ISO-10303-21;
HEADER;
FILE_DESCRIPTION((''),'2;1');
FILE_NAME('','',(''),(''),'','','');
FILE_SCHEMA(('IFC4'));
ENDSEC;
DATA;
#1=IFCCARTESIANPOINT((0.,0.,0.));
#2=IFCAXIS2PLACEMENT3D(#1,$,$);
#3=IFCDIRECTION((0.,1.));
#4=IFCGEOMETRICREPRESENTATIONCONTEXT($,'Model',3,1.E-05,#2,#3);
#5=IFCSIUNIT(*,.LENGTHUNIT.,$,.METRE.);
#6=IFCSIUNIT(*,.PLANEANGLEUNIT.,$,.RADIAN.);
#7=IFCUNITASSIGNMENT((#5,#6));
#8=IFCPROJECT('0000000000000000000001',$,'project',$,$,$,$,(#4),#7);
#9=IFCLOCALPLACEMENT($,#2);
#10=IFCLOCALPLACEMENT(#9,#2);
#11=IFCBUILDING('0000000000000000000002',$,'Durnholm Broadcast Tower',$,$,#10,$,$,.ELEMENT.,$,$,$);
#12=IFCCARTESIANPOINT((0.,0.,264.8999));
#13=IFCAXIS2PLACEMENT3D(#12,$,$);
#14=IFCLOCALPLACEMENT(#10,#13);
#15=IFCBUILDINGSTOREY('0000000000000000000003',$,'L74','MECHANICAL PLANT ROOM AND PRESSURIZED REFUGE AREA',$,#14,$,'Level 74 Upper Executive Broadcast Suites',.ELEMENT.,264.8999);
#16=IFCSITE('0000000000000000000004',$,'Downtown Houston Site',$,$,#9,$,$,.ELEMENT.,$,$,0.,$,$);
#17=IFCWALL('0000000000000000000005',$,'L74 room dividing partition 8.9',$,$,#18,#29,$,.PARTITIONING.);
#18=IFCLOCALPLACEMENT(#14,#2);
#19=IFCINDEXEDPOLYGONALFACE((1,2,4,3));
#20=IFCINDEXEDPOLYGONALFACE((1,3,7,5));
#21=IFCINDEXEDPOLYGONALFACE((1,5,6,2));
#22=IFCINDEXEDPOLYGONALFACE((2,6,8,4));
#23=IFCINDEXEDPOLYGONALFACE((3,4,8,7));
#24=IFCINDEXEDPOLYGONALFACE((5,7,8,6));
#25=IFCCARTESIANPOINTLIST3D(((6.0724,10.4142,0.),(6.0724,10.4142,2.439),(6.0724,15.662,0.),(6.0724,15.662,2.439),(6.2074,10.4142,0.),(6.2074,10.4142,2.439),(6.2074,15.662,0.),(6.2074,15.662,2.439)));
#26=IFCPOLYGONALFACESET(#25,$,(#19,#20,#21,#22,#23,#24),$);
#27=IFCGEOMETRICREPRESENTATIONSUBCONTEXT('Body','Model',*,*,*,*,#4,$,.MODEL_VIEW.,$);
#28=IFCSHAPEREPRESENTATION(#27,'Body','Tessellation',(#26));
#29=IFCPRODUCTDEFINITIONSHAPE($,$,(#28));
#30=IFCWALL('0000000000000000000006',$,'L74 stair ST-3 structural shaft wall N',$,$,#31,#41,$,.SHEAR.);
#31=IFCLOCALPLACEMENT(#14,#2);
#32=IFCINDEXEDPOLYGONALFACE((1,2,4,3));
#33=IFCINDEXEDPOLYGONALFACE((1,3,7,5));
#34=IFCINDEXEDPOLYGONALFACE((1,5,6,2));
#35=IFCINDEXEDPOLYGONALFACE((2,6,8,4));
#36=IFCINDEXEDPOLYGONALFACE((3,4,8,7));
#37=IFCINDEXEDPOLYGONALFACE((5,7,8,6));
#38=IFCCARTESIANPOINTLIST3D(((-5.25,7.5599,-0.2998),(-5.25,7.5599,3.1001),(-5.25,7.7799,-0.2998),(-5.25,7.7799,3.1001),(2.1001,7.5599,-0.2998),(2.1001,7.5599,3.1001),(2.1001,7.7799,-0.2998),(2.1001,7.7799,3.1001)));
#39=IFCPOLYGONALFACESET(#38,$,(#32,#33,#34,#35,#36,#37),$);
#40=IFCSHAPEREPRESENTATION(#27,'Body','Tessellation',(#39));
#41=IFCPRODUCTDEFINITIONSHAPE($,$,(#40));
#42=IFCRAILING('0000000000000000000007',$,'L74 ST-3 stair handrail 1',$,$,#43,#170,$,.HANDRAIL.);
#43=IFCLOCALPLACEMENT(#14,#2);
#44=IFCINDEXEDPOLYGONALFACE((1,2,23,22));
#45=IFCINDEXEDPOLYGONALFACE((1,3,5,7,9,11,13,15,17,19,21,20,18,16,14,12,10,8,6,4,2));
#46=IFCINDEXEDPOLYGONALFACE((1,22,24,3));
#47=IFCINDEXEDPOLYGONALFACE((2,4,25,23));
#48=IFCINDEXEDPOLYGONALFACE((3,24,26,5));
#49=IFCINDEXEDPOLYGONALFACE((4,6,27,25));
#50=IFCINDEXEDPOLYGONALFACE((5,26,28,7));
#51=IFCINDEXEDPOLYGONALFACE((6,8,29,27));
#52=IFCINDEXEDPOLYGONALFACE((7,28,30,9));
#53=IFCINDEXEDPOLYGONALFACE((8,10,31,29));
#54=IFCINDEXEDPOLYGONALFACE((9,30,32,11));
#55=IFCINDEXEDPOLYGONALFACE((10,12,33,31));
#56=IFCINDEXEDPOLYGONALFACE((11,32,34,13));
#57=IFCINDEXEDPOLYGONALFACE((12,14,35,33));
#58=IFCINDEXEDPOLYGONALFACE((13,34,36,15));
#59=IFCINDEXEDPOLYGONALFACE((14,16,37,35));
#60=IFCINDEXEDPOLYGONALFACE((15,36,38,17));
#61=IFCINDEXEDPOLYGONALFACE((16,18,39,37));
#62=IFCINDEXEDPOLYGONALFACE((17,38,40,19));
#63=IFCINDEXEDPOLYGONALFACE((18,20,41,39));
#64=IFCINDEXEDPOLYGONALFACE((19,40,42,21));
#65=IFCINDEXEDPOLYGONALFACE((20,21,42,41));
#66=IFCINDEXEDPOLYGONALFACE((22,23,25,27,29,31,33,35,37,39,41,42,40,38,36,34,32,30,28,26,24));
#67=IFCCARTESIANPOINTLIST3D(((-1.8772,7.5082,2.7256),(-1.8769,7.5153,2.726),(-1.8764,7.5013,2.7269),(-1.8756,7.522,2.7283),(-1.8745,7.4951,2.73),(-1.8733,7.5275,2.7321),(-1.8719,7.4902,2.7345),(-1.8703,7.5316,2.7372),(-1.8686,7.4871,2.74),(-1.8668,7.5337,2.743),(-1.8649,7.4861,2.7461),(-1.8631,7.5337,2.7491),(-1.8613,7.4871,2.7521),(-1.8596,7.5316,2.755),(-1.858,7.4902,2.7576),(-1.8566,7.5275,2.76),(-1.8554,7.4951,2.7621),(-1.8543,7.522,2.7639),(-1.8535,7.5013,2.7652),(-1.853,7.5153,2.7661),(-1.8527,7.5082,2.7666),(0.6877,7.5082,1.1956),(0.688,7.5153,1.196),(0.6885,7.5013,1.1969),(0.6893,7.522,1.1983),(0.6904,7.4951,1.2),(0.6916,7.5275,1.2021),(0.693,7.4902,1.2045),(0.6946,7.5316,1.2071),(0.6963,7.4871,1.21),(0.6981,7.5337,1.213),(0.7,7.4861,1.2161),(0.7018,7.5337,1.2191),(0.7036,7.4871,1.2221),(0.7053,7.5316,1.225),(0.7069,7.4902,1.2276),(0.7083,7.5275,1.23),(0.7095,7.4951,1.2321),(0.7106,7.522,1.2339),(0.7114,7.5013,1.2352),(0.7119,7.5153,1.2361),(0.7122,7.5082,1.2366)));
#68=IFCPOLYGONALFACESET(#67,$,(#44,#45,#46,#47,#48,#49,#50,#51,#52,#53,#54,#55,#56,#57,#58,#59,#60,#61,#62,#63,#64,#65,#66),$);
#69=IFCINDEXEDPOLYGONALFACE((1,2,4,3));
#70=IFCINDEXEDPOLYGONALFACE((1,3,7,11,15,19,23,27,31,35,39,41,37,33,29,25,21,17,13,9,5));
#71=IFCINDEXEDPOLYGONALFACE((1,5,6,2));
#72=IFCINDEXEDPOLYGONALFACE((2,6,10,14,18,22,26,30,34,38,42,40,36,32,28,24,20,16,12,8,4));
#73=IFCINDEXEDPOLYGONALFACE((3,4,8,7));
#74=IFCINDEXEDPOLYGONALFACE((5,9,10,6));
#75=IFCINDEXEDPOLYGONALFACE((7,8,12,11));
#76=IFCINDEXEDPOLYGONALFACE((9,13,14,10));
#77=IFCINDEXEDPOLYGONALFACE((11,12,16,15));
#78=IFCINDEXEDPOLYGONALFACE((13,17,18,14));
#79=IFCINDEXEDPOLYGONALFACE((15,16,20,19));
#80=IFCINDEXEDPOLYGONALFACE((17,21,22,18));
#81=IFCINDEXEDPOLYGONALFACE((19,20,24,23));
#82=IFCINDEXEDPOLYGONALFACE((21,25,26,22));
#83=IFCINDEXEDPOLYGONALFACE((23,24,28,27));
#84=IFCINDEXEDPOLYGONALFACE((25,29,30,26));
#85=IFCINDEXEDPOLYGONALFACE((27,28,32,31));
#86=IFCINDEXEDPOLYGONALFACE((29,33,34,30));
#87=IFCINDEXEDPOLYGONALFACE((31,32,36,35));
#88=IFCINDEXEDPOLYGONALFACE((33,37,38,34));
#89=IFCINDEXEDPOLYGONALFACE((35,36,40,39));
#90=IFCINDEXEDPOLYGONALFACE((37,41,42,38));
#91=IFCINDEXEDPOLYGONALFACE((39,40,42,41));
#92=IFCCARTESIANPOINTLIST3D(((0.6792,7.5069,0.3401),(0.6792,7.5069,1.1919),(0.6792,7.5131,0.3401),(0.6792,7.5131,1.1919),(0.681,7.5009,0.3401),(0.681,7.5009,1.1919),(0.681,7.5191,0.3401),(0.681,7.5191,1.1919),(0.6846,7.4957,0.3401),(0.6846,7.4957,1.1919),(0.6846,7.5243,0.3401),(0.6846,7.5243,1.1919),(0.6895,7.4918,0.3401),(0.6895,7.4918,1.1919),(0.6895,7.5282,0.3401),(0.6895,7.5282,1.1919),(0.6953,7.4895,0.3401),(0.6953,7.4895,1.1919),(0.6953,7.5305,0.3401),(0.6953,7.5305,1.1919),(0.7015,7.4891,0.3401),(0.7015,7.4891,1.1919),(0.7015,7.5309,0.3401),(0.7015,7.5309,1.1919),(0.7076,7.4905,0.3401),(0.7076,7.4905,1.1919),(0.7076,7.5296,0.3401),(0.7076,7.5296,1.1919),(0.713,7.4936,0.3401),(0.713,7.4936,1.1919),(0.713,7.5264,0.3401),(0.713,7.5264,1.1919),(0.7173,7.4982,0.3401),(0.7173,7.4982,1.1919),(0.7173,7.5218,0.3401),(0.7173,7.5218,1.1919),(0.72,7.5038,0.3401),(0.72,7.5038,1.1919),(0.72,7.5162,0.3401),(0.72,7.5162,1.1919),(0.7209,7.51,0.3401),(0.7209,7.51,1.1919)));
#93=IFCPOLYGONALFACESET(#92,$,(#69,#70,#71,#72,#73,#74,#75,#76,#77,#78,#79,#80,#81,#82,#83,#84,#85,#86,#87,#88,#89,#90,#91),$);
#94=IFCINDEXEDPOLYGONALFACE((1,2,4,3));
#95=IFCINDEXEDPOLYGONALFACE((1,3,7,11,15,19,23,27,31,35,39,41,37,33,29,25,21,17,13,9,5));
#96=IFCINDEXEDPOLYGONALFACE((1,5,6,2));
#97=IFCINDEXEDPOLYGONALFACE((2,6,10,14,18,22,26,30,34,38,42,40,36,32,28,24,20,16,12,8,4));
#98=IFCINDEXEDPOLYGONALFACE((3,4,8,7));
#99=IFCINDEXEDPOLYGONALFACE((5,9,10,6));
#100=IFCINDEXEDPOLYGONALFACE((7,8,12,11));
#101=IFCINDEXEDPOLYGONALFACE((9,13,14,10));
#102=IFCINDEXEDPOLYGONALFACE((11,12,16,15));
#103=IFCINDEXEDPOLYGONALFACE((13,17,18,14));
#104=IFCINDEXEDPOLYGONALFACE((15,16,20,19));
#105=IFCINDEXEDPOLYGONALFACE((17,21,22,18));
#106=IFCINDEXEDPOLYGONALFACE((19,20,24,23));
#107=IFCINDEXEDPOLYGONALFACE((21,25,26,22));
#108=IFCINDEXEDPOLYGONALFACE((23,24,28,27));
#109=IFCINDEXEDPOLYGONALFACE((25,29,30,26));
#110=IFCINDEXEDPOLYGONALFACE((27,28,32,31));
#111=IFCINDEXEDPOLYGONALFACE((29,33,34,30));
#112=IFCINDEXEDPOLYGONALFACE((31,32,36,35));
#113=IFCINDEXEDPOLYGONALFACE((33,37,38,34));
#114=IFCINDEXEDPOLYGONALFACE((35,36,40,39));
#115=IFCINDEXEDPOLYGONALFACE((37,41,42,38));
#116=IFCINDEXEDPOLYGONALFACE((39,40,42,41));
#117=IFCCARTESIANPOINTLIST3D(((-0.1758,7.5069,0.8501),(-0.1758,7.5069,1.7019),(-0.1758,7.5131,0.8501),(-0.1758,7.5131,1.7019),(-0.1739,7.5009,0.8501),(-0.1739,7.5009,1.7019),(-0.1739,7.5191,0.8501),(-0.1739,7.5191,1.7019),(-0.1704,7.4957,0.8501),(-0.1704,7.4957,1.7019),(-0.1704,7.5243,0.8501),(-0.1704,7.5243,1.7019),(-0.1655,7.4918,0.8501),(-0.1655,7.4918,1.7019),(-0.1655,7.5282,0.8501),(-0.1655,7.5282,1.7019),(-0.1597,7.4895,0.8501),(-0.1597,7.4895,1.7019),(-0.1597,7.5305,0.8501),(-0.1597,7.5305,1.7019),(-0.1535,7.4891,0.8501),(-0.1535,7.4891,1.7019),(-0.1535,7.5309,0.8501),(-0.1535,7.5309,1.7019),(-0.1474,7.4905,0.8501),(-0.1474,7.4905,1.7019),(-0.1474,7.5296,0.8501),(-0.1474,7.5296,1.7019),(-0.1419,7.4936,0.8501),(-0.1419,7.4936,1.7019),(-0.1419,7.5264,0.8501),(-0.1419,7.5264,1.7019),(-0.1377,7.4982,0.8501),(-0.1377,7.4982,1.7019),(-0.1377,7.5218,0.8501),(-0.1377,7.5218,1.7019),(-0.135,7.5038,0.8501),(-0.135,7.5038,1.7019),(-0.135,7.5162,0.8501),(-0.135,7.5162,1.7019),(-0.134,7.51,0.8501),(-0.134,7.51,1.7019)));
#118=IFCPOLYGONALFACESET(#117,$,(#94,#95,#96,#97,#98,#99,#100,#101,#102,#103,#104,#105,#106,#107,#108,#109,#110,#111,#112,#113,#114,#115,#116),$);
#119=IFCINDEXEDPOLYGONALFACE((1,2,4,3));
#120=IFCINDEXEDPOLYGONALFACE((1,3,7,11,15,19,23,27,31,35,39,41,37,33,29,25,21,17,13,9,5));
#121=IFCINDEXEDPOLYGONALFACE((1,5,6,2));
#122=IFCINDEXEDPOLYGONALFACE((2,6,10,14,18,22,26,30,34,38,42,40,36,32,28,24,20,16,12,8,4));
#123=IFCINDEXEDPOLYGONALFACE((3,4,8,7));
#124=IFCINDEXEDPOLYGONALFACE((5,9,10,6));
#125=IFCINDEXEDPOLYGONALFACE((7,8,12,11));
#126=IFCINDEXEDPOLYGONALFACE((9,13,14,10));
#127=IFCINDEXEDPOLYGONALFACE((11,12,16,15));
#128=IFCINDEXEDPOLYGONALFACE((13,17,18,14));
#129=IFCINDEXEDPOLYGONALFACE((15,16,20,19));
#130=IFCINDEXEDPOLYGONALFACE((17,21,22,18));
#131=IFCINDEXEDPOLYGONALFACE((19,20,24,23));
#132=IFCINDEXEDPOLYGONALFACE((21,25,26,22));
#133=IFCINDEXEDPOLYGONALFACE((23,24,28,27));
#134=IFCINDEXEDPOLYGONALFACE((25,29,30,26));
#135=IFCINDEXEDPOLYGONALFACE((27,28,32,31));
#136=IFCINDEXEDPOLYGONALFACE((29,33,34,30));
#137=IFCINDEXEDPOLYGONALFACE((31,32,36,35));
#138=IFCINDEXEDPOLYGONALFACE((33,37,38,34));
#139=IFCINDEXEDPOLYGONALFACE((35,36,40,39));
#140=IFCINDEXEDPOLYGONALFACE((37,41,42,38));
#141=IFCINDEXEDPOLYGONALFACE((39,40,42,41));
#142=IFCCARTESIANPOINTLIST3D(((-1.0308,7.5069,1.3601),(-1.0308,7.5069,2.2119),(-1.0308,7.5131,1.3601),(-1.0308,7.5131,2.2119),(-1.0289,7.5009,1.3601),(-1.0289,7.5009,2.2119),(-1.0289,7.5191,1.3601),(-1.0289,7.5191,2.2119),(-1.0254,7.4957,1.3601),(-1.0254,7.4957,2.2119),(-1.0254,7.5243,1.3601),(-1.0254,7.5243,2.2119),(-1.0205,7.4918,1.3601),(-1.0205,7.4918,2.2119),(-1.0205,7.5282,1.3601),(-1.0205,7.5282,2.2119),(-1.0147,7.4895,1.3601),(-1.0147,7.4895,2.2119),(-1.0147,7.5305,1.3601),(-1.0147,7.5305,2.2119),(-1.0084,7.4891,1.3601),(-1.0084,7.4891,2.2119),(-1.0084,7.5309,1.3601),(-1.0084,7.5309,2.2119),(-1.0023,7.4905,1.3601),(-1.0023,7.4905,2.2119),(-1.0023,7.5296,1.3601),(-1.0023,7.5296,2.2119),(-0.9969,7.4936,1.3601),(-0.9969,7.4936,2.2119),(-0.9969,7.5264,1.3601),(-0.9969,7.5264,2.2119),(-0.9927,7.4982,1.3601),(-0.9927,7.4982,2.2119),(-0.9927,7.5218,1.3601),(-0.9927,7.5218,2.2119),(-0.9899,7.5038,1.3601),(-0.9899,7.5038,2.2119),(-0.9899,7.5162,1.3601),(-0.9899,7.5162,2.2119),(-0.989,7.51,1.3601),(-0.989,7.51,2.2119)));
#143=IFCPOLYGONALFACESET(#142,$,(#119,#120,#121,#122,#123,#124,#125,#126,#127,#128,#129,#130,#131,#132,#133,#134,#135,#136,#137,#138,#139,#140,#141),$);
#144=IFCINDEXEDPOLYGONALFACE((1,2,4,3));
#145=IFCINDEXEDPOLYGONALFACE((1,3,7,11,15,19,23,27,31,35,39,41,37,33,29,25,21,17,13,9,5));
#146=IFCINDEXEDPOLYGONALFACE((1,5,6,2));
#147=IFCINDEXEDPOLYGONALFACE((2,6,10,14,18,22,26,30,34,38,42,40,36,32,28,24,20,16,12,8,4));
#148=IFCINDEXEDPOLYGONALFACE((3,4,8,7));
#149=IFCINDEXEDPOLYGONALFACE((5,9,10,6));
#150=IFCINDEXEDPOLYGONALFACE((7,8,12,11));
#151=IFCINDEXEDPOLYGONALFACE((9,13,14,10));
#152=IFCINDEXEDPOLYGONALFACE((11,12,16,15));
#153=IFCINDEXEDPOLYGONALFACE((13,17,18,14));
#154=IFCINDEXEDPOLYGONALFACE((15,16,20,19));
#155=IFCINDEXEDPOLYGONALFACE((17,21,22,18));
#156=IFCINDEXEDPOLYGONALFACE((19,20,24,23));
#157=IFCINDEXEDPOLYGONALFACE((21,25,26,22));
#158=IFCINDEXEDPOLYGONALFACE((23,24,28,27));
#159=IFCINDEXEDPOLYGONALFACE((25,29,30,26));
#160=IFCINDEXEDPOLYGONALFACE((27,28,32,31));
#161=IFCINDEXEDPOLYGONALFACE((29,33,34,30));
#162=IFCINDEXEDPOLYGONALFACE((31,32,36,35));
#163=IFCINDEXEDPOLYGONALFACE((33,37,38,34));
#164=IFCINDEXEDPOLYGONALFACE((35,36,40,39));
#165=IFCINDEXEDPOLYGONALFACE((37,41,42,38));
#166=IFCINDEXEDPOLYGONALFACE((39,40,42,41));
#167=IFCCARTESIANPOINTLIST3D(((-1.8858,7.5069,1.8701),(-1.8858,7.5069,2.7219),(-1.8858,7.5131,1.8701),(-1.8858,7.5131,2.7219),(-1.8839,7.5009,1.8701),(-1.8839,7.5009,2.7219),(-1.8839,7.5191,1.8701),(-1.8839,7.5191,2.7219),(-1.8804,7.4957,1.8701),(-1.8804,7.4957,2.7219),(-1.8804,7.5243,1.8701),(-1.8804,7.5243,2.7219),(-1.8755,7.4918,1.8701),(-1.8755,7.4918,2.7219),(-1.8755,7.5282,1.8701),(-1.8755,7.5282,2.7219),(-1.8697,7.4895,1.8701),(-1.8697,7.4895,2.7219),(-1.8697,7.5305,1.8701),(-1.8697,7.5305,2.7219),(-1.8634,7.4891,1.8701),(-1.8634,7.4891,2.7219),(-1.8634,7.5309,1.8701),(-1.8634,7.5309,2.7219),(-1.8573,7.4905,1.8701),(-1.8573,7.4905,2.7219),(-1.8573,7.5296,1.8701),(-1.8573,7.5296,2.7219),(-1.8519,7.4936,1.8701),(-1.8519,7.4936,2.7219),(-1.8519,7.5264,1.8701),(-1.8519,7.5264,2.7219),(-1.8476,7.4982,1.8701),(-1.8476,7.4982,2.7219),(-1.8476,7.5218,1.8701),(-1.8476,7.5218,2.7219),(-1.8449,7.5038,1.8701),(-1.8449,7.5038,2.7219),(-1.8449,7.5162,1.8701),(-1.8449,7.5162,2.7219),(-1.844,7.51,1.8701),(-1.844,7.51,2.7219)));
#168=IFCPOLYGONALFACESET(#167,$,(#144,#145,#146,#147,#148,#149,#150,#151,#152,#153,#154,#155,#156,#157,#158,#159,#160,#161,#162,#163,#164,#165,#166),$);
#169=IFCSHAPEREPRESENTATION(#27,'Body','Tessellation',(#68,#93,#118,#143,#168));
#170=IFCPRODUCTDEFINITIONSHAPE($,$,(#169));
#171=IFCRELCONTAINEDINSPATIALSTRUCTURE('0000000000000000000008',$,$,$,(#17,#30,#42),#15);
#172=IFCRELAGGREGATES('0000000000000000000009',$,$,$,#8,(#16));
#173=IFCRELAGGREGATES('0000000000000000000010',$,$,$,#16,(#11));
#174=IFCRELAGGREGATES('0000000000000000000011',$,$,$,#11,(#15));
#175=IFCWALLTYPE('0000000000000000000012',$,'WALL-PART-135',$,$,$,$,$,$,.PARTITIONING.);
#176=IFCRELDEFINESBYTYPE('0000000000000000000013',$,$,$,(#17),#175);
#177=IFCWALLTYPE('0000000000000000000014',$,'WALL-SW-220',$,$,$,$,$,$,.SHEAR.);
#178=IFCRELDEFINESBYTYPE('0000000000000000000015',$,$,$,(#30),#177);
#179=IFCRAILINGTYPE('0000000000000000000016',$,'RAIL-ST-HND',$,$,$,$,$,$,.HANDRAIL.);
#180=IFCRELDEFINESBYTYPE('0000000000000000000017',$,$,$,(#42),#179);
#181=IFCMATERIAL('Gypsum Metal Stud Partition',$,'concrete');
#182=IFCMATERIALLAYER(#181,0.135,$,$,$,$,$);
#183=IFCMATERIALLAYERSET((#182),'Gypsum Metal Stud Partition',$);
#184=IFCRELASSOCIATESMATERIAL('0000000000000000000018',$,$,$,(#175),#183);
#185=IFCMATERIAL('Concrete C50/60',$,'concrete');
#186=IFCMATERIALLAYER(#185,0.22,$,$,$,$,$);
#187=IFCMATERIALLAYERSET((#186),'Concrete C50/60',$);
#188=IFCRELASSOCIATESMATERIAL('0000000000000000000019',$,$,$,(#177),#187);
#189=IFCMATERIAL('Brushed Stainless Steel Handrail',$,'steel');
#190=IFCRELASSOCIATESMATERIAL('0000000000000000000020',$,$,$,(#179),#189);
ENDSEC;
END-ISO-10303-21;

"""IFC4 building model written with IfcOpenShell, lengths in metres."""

from ifc_helpers import new_model, si_unit, direction, frame, frame_2d, origin, origin_2d, place, context, subcontext, project, spatial, rectangle, circle, extrude, material, layer, layer_set, type_object, element, save


model = new_model("IFC4")

# Units and contexts
model_context = context("Model", 3, precision=1e-05, world=origin(), true_north=direction((0.0, 1.0)))
body_context = subcontext(model_context, "Body", "Model", "MODEL_VIEW")
ifc_project = project(units=[si_unit("LENGTHUNIT", "METRE"), si_unit("PLANEANGLEUNIT", "RADIAN")], contexts=[model_context])

# Site, building, storey
site_placement = place(None, origin())
site = spatial("IfcSite", under=ifc_project, at=site_placement, Name="Downtown Houston Site", CompositionType="ELEMENT", RefElevation=0.0)
building_placement = place(site_placement, origin())
building = spatial("IfcBuilding", under=site, at=building_placement, Name="Durnholm Broadcast Tower", CompositionType="ELEMENT")
storey_placement = place(building_placement, frame((0.0, 0.0, 264.8999)))
storey = spatial("IfcBuildingStorey", under=building, at=storey_placement, Name="L74", Description="MECHANICAL PLANT ROOM AND PRESSURIZED REFUGE AREA", LongName="Level 74 Upper Executive Broadcast Suites", CompositionType="ELEMENT", Elevation=264.8999)

# Walls
ifc_material_1 = material(Name="Gypsum Metal Stud Partition", Category="concrete")
ifc_layer_1 = layer(ifc_material_1, 0.135)
ifc_layer_set_1 = layer_set([ifc_layer_1], Name="Gypsum Metal Stud Partition")
wall_type_1 = type_object("IfcWallType", Name="WALL-PART-135", PredefinedType="PARTITIONING", material=ifc_layer_set_1)
wall_1_placement = place(storey_placement, frame((6.1399, 15.6621, 0.0), z_axis=(0.0, 0.0, 1.0), x_axis=(0.0, -1.0, 0.0)))
element("IfcWall", 1, at=wall_1_placement, inside=storey, type_object=wall_type_1, Name="L74 room dividing partition 8.9", PredefinedType="PARTITIONING", context=body_context, shape_type="SweptSolid", body=[
    extrude(rectangle(XDim=5.2478, YDim=0.135, at=frame_2d((2.624, 0.0))), origin(), (0.0, 0.0, 1.0), 2.439),
])
ifc_material_2 = material(Name="Concrete C50/60", Category="concrete")
ifc_layer_2 = layer(ifc_material_2, 0.22)
ifc_layer_set_2 = layer_set([ifc_layer_2], Name="Concrete C50/60")
wall_type_2 = type_object("IfcWallType", Name="WALL-SW-220", PredefinedType="SHEAR", material=ifc_layer_set_2)
wall_2_placement = place(storey_placement, frame((2.1001, 7.6699, -0.2998), z_axis=(0.0, 0.0, 1.0), x_axis=(-1.0, 0.0, 0.0)))
element("IfcWall", 2, at=wall_2_placement, inside=storey, type_object=wall_type_2, Name="L74 stair ST-3 structural shaft wall N", PredefinedType="SHEAR", context=body_context, shape_type="SweptSolid", body=[
    extrude(rectangle(XDim=7.3501, YDim=0.22, at=frame_2d((3.675, 0.0))), origin(), (0.0, 0.0, 1.0), 3.3999),
])

# Railing
ifc_material_3 = material(Name="Brushed Stainless Steel Handrail", Category="steel")
railing_type = type_object("IfcRailingType", Name="RAIL-ST-HND", PredefinedType="HANDRAIL", material=ifc_material_3)
railing_placement = place(storey_placement, frame((0.7, 7.51, 0.3401)))
element("IfcRailing", 3, at=railing_placement, inside=storey, type_object=railing_type, Name="L74 ST-3 stair handrail 1", PredefinedType="HANDRAIL", context=body_context, shape_type="SweptSolid", body=[
    extrude(circle(Radius=0.0239, at=origin_2d()), frame((0.0, 0.0, 0.876), z_axis=(-0.85881, 0.0, 0.512294), x_axis=(0.0, -1.0, 0.0)), (0.0, 0.0, 1.0), 2.9866),
    extrude(circle(Radius=0.021, at=origin_2d()), origin(), (0.0, 0.0, 1.0), 0.8518),
    extrude(circle(Radius=0.021, at=origin_2d()), frame((-0.855, 0.0, 0.51)), (0.0, 0.0, 1.0), 0.8518),
    extrude(circle(Radius=0.021, at=origin_2d()), frame((-1.71, 0.0, 1.02)), (0.0, 0.0, 1.0), 0.8518),
    extrude(circle(Radius=0.021, at=origin_2d()), frame((-2.5649, 0.0, 1.53)), (0.0, 0.0, 1.0), 0.8518),
])

save(model, "model.ifc")
